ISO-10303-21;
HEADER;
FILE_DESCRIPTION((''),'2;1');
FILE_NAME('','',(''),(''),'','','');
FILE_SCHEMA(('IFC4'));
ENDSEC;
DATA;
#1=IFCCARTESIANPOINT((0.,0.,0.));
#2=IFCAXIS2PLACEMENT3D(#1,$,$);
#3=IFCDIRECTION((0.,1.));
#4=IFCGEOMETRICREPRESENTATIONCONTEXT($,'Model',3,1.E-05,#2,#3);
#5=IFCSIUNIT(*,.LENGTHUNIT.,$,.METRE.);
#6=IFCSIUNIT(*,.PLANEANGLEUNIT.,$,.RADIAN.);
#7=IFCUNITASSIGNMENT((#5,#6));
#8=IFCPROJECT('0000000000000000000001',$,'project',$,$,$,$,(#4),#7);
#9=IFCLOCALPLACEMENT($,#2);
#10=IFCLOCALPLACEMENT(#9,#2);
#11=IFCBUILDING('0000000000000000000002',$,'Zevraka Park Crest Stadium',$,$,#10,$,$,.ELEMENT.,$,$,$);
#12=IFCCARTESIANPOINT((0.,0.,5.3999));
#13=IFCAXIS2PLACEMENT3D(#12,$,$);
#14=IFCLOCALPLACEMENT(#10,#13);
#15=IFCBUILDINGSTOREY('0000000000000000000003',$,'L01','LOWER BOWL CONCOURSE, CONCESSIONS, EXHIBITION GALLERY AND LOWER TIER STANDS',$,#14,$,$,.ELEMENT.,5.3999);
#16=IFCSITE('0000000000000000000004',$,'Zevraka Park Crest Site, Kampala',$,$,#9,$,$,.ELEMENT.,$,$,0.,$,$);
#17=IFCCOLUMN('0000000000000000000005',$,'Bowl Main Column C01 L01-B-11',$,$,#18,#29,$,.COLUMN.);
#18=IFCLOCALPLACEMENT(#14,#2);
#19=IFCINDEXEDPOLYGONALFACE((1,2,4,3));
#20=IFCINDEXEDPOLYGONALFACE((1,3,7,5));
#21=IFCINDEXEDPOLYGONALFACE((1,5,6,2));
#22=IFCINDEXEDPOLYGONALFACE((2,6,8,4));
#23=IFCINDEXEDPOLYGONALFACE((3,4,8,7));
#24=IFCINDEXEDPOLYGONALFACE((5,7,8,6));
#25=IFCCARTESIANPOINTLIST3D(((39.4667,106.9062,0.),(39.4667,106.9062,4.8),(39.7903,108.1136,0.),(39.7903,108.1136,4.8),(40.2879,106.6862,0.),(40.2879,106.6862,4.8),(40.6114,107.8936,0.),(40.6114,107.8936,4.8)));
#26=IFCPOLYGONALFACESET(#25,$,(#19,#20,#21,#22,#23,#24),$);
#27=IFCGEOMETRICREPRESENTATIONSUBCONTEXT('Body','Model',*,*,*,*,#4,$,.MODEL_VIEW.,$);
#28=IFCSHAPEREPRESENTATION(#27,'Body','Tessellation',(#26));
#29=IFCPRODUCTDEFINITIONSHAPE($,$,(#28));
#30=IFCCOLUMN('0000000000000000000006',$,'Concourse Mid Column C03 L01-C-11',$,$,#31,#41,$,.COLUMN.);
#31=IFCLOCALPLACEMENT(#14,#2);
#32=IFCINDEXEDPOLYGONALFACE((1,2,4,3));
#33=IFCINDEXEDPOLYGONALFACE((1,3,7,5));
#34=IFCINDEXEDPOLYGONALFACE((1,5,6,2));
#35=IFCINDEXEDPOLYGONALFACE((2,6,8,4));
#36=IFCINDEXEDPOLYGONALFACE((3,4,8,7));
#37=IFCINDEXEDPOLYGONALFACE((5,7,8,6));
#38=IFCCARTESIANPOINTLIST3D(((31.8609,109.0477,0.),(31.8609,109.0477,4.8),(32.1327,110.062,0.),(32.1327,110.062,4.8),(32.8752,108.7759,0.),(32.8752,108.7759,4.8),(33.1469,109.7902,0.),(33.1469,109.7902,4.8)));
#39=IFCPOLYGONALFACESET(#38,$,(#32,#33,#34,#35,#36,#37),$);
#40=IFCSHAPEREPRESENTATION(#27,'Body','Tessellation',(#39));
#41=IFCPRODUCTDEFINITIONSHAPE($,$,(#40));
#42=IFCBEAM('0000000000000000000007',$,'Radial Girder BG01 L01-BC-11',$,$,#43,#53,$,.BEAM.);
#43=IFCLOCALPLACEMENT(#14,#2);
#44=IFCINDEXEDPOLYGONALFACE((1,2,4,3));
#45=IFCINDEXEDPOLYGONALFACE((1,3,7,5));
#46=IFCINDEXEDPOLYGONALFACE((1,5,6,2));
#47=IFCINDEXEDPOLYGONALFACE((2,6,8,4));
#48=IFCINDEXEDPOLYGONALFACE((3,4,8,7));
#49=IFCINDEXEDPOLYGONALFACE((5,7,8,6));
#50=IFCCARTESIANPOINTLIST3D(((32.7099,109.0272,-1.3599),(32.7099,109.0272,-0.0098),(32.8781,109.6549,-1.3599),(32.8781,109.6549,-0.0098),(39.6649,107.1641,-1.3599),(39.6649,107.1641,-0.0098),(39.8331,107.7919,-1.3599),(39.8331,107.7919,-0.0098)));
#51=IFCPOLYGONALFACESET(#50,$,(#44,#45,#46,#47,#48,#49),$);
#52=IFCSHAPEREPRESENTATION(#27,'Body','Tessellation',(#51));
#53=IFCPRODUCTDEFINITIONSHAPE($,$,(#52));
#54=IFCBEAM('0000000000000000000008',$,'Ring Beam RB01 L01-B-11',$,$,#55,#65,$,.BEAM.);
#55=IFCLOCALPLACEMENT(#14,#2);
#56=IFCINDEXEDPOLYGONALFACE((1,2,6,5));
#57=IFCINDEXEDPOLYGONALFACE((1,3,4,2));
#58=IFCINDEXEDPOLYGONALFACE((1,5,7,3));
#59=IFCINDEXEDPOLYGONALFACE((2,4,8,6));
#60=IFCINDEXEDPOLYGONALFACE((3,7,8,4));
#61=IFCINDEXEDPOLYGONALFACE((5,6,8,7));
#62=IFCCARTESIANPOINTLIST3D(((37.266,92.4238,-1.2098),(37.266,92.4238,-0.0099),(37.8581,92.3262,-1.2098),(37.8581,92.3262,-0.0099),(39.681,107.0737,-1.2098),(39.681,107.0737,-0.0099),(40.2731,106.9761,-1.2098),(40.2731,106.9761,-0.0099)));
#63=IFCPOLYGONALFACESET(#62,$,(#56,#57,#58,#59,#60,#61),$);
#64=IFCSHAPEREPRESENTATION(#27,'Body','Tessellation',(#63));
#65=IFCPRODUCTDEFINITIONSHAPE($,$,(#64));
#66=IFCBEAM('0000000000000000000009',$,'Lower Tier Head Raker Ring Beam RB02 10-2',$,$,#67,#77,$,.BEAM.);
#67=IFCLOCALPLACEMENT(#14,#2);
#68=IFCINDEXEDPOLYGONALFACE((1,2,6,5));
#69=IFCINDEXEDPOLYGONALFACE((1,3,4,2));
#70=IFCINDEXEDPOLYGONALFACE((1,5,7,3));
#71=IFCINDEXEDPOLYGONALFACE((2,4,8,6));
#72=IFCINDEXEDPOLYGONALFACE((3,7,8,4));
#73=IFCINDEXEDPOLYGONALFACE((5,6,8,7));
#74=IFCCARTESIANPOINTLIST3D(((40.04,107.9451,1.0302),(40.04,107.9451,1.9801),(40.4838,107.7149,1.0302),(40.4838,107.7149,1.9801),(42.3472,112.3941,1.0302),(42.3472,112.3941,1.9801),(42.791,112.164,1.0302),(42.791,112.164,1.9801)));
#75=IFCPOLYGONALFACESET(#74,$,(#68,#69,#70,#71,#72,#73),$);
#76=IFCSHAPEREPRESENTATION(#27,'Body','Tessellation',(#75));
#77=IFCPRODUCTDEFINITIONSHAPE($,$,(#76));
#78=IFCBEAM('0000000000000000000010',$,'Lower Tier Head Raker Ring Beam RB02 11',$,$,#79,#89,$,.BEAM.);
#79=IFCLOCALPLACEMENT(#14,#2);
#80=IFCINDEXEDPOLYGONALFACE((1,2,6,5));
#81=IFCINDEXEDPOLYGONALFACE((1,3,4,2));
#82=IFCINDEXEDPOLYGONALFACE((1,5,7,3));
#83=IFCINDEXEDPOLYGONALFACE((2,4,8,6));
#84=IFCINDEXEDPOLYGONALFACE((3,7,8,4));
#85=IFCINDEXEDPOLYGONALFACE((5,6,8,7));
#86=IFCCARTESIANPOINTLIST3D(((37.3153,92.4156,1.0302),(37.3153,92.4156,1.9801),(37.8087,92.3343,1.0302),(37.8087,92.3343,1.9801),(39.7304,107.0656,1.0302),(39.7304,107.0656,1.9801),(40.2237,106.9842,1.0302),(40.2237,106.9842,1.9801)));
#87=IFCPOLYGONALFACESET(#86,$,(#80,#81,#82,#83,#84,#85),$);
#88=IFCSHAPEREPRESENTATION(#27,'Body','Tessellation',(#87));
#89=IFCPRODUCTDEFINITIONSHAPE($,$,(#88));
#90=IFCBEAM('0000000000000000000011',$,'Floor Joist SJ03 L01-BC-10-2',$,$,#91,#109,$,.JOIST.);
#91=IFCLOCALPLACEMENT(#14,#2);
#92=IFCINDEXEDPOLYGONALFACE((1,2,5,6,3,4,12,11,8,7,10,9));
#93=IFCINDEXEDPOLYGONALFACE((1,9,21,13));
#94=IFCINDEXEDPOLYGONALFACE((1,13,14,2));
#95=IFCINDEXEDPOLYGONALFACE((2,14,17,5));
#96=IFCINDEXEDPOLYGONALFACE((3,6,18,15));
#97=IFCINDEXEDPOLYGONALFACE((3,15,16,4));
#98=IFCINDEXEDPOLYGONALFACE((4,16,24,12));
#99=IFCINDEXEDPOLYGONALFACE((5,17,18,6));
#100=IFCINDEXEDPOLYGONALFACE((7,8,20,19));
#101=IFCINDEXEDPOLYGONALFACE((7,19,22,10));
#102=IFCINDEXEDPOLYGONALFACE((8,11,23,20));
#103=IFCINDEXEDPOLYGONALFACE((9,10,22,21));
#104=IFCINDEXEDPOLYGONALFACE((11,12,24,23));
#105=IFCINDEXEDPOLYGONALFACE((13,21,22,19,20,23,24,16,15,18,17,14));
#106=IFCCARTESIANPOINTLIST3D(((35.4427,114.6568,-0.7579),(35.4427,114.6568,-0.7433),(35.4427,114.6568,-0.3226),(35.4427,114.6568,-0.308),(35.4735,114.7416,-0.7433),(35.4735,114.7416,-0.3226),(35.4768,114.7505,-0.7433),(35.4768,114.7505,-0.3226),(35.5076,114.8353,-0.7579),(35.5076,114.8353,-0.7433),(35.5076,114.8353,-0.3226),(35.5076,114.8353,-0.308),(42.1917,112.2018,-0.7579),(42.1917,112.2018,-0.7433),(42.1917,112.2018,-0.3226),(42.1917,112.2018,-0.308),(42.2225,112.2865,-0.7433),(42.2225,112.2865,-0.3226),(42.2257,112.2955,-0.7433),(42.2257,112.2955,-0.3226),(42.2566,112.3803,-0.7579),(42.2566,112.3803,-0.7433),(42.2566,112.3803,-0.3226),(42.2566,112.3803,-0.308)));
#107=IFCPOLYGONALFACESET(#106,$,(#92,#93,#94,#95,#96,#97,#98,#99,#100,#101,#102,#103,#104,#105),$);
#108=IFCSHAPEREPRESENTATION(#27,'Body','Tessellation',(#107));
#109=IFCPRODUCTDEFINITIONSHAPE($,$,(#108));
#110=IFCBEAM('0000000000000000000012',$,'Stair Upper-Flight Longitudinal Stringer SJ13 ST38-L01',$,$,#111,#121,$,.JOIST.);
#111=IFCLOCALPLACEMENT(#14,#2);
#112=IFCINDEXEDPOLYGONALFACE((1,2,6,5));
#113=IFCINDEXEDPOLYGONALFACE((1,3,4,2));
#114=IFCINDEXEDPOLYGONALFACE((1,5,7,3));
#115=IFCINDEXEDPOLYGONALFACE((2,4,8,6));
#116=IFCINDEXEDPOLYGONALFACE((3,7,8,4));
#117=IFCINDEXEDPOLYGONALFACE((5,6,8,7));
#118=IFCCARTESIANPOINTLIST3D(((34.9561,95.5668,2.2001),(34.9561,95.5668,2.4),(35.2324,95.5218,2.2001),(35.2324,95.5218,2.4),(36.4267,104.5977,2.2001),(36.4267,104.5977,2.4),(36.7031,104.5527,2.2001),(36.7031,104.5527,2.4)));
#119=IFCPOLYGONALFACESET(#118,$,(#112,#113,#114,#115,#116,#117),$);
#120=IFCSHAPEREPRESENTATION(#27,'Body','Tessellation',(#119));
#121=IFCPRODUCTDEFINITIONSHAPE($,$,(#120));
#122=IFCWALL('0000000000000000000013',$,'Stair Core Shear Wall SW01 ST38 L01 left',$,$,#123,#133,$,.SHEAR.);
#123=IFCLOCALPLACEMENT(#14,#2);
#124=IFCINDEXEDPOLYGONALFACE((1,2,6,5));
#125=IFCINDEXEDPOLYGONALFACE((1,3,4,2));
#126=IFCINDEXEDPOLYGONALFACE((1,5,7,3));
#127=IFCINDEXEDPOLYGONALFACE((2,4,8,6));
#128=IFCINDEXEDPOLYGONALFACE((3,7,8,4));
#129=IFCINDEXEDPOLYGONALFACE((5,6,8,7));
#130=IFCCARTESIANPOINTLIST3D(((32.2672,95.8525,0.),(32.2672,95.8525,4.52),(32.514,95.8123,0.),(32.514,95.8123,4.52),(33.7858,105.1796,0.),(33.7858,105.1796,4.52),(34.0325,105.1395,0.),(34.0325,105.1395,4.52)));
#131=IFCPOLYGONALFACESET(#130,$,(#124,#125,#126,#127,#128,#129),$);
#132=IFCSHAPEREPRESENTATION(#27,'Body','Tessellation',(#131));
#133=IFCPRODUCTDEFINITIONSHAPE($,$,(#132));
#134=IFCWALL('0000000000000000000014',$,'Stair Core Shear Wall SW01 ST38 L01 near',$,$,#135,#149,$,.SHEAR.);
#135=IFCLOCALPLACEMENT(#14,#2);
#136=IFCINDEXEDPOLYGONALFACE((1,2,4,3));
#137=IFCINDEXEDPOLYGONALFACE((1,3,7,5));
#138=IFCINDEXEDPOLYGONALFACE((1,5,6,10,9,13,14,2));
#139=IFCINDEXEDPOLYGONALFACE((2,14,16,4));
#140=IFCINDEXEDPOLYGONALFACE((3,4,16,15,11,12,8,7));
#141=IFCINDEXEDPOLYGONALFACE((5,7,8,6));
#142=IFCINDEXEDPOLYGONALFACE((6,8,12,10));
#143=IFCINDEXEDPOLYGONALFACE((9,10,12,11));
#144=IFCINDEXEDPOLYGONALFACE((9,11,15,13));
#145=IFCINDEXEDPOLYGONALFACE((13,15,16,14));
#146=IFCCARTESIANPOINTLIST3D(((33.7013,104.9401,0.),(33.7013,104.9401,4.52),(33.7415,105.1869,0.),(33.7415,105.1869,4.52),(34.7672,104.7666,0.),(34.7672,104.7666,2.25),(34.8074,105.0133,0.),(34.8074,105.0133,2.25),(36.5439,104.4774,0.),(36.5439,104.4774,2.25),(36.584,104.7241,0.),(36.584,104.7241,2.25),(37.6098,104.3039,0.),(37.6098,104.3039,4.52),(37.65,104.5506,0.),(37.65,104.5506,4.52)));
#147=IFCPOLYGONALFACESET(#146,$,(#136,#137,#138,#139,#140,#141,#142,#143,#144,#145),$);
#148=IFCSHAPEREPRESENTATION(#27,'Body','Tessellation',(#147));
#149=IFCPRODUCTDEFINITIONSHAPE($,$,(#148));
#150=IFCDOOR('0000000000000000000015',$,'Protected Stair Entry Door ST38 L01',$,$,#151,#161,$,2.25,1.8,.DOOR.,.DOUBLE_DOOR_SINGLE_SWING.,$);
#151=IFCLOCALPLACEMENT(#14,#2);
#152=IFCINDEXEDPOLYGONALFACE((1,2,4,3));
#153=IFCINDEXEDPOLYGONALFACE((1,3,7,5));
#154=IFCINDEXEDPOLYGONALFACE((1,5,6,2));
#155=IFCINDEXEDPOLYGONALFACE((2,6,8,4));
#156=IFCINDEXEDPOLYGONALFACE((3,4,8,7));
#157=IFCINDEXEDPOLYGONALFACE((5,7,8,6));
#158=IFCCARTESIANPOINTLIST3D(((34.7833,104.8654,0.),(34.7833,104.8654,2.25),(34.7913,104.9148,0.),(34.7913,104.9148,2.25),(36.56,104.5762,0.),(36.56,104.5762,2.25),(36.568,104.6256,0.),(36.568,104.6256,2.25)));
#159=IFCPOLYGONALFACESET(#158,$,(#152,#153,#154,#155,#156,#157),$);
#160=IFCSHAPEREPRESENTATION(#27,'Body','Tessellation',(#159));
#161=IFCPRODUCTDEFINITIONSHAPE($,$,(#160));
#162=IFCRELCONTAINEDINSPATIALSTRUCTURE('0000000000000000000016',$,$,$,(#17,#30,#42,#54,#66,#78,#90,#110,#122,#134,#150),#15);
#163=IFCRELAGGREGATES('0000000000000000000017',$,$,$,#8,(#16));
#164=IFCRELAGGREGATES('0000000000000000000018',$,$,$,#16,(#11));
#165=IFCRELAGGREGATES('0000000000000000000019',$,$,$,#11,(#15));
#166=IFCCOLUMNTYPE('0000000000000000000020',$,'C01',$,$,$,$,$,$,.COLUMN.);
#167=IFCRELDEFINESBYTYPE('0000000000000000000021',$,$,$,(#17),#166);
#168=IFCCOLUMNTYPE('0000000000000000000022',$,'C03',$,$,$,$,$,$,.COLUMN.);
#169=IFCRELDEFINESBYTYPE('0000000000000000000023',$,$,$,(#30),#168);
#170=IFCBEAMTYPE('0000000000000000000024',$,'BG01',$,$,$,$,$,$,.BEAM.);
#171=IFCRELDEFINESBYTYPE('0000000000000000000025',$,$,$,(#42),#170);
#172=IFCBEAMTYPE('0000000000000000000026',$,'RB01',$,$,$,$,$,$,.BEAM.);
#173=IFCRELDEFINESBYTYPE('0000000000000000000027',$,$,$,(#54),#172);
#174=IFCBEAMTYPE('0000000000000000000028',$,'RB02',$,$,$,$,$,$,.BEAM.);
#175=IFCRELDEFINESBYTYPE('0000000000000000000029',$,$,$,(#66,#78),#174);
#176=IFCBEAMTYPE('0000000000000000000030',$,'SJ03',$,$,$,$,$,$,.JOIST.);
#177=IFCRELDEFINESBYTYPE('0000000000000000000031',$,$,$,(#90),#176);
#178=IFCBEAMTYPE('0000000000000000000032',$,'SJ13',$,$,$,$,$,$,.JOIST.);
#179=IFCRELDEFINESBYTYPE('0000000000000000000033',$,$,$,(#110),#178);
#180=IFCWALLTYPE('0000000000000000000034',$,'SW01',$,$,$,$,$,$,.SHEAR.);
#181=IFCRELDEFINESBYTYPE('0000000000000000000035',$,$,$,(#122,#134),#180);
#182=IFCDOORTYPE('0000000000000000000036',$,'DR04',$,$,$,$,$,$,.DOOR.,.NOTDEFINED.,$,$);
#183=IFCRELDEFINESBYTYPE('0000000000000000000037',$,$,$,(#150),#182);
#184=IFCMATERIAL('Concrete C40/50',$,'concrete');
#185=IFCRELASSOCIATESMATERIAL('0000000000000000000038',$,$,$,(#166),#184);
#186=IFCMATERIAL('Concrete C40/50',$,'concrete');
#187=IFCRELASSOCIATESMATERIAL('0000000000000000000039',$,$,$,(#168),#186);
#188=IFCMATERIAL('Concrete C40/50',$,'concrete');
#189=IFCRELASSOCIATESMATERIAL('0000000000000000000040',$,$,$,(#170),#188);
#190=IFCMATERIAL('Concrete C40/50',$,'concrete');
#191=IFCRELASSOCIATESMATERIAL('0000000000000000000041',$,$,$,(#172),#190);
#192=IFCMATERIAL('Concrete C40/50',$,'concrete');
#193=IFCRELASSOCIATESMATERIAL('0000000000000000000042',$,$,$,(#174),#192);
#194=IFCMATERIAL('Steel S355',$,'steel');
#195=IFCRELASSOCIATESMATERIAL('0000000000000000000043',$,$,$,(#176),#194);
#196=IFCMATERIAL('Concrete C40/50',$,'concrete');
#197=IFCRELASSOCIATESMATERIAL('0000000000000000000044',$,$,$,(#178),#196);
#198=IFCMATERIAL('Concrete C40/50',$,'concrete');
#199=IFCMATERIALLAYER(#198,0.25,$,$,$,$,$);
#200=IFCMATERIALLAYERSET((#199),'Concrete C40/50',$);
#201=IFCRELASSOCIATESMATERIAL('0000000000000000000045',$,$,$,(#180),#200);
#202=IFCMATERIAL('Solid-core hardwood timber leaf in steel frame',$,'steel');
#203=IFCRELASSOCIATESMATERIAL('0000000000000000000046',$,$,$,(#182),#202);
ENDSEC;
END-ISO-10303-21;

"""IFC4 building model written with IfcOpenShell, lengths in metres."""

from ifc_helpers import new_model, si_unit, direction, frame, frame_2d, origin, origin_2d, place, context, subcontext, project, spatial, rectangle, i_section, extrude, material, layer, layer_set, material_profile, profile_set, type_object, element, fill, save


model = new_model("IFC4")

# Units and contexts
model_context = context("Model", 3, precision=1e-05, world=origin(), true_north=direction((0.0, 1.0)))
body_context = subcontext(model_context, "Body", "Model", "MODEL_VIEW")
ifc_project = project(units=[si_unit("LENGTHUNIT", "METRE"), si_unit("PLANEANGLEUNIT", "RADIAN")], contexts=[model_context])

# Site, building, storey
site_placement = place(None, origin())
site = spatial("IfcSite", under=ifc_project, at=site_placement, Name="Zevraka Park Crest Site, Kampala", CompositionType="ELEMENT", RefElevation=0.0)
building_placement = place(site_placement, origin())
building = spatial("IfcBuilding", under=site, at=building_placement, Name="Zevraka Park Crest Stadium", CompositionType="ELEMENT")
storey_placement = place(building_placement, frame((0.0, 0.0, 5.3999)))
storey = spatial("IfcBuildingStorey", under=building, at=storey_placement, Name="L01", Description="LOWER BOWL CONCOURSE, CONCESSIONS, EXHIBITION GALLERY AND LOWER TIER STANDS", CompositionType="ELEMENT", Elevation=5.3999)

# Columns
ifc_material_1 = material(Name="Concrete C40/50", Category="concrete")
ifc_material_profile_1 = material_profile(ifc_material_1, rectangle(XDim=0.8501, YDim=1.25, at=origin_2d()), Name="RC 1250x850")
ifc_profile_set_1 = profile_set([ifc_material_profile_1], Name="Concrete C40/50")
column_type_1 = type_object("IfcColumnType", Name="C01", PredefinedType="COLUMN", material=ifc_profile_set_1)
column_1_placement = place(storey_placement, frame((40.0391, 107.3999, 0.0), z_axis=(0.0, 0.0, 1.0), x_axis=(-0.965926, 0.258819, 0.0)))
element("IfcColumn", 1, at=column_1_placement, inside=storey, type_object=column_type_1, Name="Bowl Main Column C01 L01-B-11", PredefinedType="COLUMN", context=body_context, shape_type="SweptSolid", body=[
    extrude(rectangle(XDim=0.8501, YDim=1.25, at=origin_2d()), origin(), (0.0, 0.0, 1.0), 4.8),
])
ifc_material_2 = material(Name="Concrete C40/50", Category="concrete")
ifc_material_profile_2 = material_profile(ifc_material_2, rectangle(XDim=1.05, YDim=1.05, at=origin_2d()), Name="RC 1050x1050")
ifc_profile_set_2 = profile_set([ifc_material_profile_2], Name="Concrete C40/50")
column_type_2 = type_object("IfcColumnType", Name="C03", PredefinedType="COLUMN", material=ifc_profile_set_2)
column_2_placement = place(storey_placement, frame((32.5039, 109.4189, 0.0), z_axis=(0.0, 0.0, 1.0), x_axis=(-0.965926, 0.258819, 0.0)))
element("IfcColumn", 2, at=column_2_placement, inside=storey, type_object=column_type_2, Name="Concourse Mid Column C03 L01-C-11", PredefinedType="COLUMN", context=body_context, shape_type="SweptSolid", body=[
    extrude(rectangle(XDim=1.05, YDim=1.05, at=origin_2d()), origin(), (0.0, 0.0, 1.0), 4.8),
])

# Beams
ifc_material_3 = material(Name="Concrete C40/50", Category="concrete")
ifc_material_profile_3 = material_profile(ifc_material_3, rectangle(XDim=0.6499, YDim=1.3501, at=origin_2d()), Name="RC 1350x650")
ifc_profile_set_3 = profile_set([ifc_material_profile_3], Name="Concrete C40/50")
beam_type_1 = type_object("IfcBeamType", Name="BG01", PredefinedType="BEAM", material=ifc_profile_set_3)
beam_1_placement = place(storey_placement, frame((39.749, 107.478, -0.6848), z_axis=(-0.965946, 0.258745, 0.0), x_axis=(-0.258745, -0.965946, 0.0)))
element("IfcBeam", 3, at=beam_1_placement, inside=storey, type_object=beam_type_1, Name="Radial Girder BG01 L01-BC-11", PredefinedType="BEAM", context=body_context, shape_type="SweptSolid", body=[
    extrude(rectangle(XDim=0.6499, YDim=1.3501, at=origin_2d()), origin(), (0.0, 0.0, 1.0), 7.2002),
])
ifc_material_4 = material(Name="Concrete C40/50", Category="concrete")
ifc_material_profile_4 = material_profile(ifc_material_4, rectangle(XDim=0.6001, YDim=1.2, at=origin_2d()), Name="RC 1200x600")
ifc_profile_set_4 = profile_set([ifc_material_profile_4], Name="Concrete C40/50")
beam_type_2 = type_object("IfcBeamType", Name="RB01", PredefinedType="BEAM", material=ifc_profile_set_4)
beam_2_placement = place(storey_placement, frame((39.9771, 107.0249, -0.6099), z_axis=(-0.162655, -0.986683, 0.0), x_axis=(0.986683, -0.162655, 0.0)))
element("IfcBeam", 4, at=beam_2_placement, inside=storey, type_object=beam_type_2, Name="Ring Beam RB01 L01-B-11", PredefinedType="BEAM", context=body_context, shape_type="SweptSolid", body=[
    extrude(rectangle(XDim=0.6001, YDim=1.2, at=origin_2d()), origin(), (0.0, 0.0, 1.0), 14.8477),
])
ifc_material_5 = material(Name="Concrete C40/50", Category="concrete")
ifc_material_profile_5 = material_profile(ifc_material_5, rectangle(XDim=0.5, YDim=0.95, at=origin_2d()), Name="RC 950x500")
ifc_profile_set_5 = profile_set([ifc_material_profile_5], Name="Concrete C40/50")
beam_type_3 = type_object("IfcBeamType", Name="RB02", PredefinedType="BEAM", material=ifc_profile_set_5)
beam_3_placement = place(storey_placement, frame((42.5691, 112.2791, 1.5051), z_axis=(-0.460357, -0.887734, 0.0), x_axis=(0.887734, -0.460357, 0.0)))
element("IfcBeam", 5, at=beam_3_placement, inside=storey, type_object=beam_type_3, Name="Lower Tier Head Raker Ring Beam RB02 10-2", PredefinedType="BEAM", context=body_context, shape_type="SweptSolid", body=[
    extrude(rectangle(XDim=0.5, YDim=0.95, at=origin_2d()), origin(), (0.0, 0.0, 1.0), 5.0117),
])
beam_4_placement = place(storey_placement, frame((39.9771, 107.0249, 1.5051), z_axis=(-0.162655, -0.986683, 0.0), x_axis=(0.986683, -0.162655, 0.0)))
element("IfcBeam", 6, at=beam_4_placement, inside=storey, type_object=beam_type_3, Name="Lower Tier Head Raker Ring Beam RB02 11", PredefinedType="BEAM", context=body_context, shape_type="SweptSolid", body=[
    extrude(rectangle(XDim=0.5, YDim=0.95, at=origin_2d()), origin(), (0.0, 0.0, 1.0), 14.8477),
])
ifc_material_6 = material(Name="Steel S355", Category="steel")
ifc_material_profile_6 = material_profile(ifc_material_6, i_section(OverallWidth=0.1899, OverallDepth=0.45, WebThickness=0.0095, FlangeThickness=0.0146, at=origin_2d()), Name="IPE 450")
ifc_profile_set_6 = profile_set([ifc_material_profile_6], Name="Steel S355")
beam_type_4 = type_object("IfcBeamType", Name="SJ03", PredefinedType="JOIST", material=ifc_profile_set_6)
beam_5_placement = place(storey_placement, frame((42.2241, 112.291, -0.533), z_axis=(-0.939754, 0.341852, 0.0), x_axis=(-0.341852, -0.939754, 0.0)))
element("IfcBeam", 7, at=beam_5_placement, inside=storey, type_object=beam_type_4, Name="Floor Joist SJ03 L01-BC-10-2", PredefinedType="JOIST", context=body_context, shape_type="SweptSolid", body=[
    extrude(i_section(OverallWidth=0.1899, OverallDepth=0.45, WebThickness=0.0095, FlangeThickness=0.0146, at=origin_2d()), origin(), (0.0, 0.0, 1.0), 7.1816),
])
ifc_material_7 = material(Name="Concrete C40/50", Category="concrete")
ifc_material_profile_7 = material_profile(ifc_material_7, rectangle(XDim=0.28, YDim=0.2, at=origin_2d()), Name="RC 200x280")
ifc_profile_set_7 = profile_set([ifc_material_profile_7], Name="Concrete C40/50")
beam_type_5 = type_object("IfcBeamType", Name="SJ13", PredefinedType="JOIST", material=ifc_profile_set_7)
beam_6_placement = place(storey_placement, frame((36.5649, 104.5752, 2.3), z_axis=(-0.160733, -0.986998, 0.0), x_axis=(0.986998, -0.160733, 0.0)))
element("IfcBeam", 8, at=beam_6_placement, inside=storey, type_object=beam_type_5, Name="Stair Upper-Flight Longitudinal Stringer SJ13 ST38-L01", PredefinedType="JOIST", context=body_context, shape_type="SweptSolid", body=[
    extrude(rectangle(XDim=0.28, YDim=0.2, at=origin_2d()), origin(), (0.0, 0.0, 1.0), 9.1499),
])

# Wall
ifc_material_8 = material(Name="Concrete C40/50", Category="concrete")
ifc_layer_1 = layer(ifc_material_8, 0.25)
ifc_layer_set_1 = layer_set([ifc_layer_1], Name="Concrete C40/50")
wall_type_1 = type_object("IfcWallType", Name="SW01", PredefinedType="SHEAR", material=ifc_layer_set_1)
wall_1_placement = place(storey_placement, frame((33.9092, 105.1597, 0.0), z_axis=(0.0, 0.0, 1.0), x_axis=(-0.160694, -0.987004, 0.0)))
element("IfcWall", 9, at=wall_1_placement, inside=storey, type_object=wall_type_1, Name="Stair Core Shear Wall SW01 ST38 L01 left", PredefinedType="SHEAR", context=body_context, shape_type="SweptSolid", body=[
    extrude(rectangle(XDim=9.45, YDim=0.25, at=frame_2d((4.7251, 0.0))), origin(), (0.0, 0.0, 1.0), 4.52),
])

# Wall, opening, door
wall_2_placement = place(storey_placement, frame((37.6299, 104.4272, 0.0), z_axis=(0.0, 0.0, 1.0), x_axis=(-0.987008, 0.160669, 0.0)))
wall_2 = element("IfcWall", 10, at=wall_2_placement, inside=storey, type_object=wall_type_1, Name="Stair Core Shear Wall SW01 ST38 L01 near", PredefinedType="SHEAR", context=body_context, shape_type="SweptSolid", body=[
    extrude(rectangle(XDim=3.96, YDim=0.25, at=frame_2d((1.98, 0.0))), origin(), (0.0, 0.0, 1.0), 4.52),
])
opening_placement = place(wall_2_placement, frame((1.0801, 0.0, 0.0)))
opening = element("IfcOpeningElement", 11, at=opening_placement, cuts=wall_2, PredefinedType="OPENING", context=body_context, shape_type="SweptSolid", body=[
    extrude(rectangle(XDim=1.8, YDim=2.25, at=frame_2d((0.8999, 1.125))), frame((0.0, 0.135, 0.0), z_axis=(0.0, -1.0, 0.0), x_axis=(1.0, 0.0, 0.0)), (0.0, 0.0, 1.0), 0.27),
])
ifc_material_9 = material(Name="Solid-core hardwood timber leaf in steel frame", Category="steel")
door_type = type_object("IfcDoorType", Name="DR04", OperationType="NOTDEFINED", PredefinedType="DOOR", material=ifc_material_9)
door_placement = place(opening_placement, origin())
door = element("IfcDoor", 12, at=door_placement, inside=storey, type_object=door_type, Name="Protected Stair Entry Door ST38 L01", OperationType="DOUBLE_DOOR_SINGLE_SWING", OverallHeight=2.25, OverallWidth=1.8, PredefinedType="DOOR", context=body_context, shape_type="SweptSolid", body=[
    extrude(rectangle(XDim=1.8, YDim=2.25, at=frame_2d((0.8999, 1.125))), frame((0.0, 0.0249, 0.0), z_axis=(0.0, -1.0, 0.0), x_axis=(1.0, 0.0, 0.0)), (0.0, 0.0, 1.0), 0.05),
])
fill(opening, door)

save(model, "model.ifc")
